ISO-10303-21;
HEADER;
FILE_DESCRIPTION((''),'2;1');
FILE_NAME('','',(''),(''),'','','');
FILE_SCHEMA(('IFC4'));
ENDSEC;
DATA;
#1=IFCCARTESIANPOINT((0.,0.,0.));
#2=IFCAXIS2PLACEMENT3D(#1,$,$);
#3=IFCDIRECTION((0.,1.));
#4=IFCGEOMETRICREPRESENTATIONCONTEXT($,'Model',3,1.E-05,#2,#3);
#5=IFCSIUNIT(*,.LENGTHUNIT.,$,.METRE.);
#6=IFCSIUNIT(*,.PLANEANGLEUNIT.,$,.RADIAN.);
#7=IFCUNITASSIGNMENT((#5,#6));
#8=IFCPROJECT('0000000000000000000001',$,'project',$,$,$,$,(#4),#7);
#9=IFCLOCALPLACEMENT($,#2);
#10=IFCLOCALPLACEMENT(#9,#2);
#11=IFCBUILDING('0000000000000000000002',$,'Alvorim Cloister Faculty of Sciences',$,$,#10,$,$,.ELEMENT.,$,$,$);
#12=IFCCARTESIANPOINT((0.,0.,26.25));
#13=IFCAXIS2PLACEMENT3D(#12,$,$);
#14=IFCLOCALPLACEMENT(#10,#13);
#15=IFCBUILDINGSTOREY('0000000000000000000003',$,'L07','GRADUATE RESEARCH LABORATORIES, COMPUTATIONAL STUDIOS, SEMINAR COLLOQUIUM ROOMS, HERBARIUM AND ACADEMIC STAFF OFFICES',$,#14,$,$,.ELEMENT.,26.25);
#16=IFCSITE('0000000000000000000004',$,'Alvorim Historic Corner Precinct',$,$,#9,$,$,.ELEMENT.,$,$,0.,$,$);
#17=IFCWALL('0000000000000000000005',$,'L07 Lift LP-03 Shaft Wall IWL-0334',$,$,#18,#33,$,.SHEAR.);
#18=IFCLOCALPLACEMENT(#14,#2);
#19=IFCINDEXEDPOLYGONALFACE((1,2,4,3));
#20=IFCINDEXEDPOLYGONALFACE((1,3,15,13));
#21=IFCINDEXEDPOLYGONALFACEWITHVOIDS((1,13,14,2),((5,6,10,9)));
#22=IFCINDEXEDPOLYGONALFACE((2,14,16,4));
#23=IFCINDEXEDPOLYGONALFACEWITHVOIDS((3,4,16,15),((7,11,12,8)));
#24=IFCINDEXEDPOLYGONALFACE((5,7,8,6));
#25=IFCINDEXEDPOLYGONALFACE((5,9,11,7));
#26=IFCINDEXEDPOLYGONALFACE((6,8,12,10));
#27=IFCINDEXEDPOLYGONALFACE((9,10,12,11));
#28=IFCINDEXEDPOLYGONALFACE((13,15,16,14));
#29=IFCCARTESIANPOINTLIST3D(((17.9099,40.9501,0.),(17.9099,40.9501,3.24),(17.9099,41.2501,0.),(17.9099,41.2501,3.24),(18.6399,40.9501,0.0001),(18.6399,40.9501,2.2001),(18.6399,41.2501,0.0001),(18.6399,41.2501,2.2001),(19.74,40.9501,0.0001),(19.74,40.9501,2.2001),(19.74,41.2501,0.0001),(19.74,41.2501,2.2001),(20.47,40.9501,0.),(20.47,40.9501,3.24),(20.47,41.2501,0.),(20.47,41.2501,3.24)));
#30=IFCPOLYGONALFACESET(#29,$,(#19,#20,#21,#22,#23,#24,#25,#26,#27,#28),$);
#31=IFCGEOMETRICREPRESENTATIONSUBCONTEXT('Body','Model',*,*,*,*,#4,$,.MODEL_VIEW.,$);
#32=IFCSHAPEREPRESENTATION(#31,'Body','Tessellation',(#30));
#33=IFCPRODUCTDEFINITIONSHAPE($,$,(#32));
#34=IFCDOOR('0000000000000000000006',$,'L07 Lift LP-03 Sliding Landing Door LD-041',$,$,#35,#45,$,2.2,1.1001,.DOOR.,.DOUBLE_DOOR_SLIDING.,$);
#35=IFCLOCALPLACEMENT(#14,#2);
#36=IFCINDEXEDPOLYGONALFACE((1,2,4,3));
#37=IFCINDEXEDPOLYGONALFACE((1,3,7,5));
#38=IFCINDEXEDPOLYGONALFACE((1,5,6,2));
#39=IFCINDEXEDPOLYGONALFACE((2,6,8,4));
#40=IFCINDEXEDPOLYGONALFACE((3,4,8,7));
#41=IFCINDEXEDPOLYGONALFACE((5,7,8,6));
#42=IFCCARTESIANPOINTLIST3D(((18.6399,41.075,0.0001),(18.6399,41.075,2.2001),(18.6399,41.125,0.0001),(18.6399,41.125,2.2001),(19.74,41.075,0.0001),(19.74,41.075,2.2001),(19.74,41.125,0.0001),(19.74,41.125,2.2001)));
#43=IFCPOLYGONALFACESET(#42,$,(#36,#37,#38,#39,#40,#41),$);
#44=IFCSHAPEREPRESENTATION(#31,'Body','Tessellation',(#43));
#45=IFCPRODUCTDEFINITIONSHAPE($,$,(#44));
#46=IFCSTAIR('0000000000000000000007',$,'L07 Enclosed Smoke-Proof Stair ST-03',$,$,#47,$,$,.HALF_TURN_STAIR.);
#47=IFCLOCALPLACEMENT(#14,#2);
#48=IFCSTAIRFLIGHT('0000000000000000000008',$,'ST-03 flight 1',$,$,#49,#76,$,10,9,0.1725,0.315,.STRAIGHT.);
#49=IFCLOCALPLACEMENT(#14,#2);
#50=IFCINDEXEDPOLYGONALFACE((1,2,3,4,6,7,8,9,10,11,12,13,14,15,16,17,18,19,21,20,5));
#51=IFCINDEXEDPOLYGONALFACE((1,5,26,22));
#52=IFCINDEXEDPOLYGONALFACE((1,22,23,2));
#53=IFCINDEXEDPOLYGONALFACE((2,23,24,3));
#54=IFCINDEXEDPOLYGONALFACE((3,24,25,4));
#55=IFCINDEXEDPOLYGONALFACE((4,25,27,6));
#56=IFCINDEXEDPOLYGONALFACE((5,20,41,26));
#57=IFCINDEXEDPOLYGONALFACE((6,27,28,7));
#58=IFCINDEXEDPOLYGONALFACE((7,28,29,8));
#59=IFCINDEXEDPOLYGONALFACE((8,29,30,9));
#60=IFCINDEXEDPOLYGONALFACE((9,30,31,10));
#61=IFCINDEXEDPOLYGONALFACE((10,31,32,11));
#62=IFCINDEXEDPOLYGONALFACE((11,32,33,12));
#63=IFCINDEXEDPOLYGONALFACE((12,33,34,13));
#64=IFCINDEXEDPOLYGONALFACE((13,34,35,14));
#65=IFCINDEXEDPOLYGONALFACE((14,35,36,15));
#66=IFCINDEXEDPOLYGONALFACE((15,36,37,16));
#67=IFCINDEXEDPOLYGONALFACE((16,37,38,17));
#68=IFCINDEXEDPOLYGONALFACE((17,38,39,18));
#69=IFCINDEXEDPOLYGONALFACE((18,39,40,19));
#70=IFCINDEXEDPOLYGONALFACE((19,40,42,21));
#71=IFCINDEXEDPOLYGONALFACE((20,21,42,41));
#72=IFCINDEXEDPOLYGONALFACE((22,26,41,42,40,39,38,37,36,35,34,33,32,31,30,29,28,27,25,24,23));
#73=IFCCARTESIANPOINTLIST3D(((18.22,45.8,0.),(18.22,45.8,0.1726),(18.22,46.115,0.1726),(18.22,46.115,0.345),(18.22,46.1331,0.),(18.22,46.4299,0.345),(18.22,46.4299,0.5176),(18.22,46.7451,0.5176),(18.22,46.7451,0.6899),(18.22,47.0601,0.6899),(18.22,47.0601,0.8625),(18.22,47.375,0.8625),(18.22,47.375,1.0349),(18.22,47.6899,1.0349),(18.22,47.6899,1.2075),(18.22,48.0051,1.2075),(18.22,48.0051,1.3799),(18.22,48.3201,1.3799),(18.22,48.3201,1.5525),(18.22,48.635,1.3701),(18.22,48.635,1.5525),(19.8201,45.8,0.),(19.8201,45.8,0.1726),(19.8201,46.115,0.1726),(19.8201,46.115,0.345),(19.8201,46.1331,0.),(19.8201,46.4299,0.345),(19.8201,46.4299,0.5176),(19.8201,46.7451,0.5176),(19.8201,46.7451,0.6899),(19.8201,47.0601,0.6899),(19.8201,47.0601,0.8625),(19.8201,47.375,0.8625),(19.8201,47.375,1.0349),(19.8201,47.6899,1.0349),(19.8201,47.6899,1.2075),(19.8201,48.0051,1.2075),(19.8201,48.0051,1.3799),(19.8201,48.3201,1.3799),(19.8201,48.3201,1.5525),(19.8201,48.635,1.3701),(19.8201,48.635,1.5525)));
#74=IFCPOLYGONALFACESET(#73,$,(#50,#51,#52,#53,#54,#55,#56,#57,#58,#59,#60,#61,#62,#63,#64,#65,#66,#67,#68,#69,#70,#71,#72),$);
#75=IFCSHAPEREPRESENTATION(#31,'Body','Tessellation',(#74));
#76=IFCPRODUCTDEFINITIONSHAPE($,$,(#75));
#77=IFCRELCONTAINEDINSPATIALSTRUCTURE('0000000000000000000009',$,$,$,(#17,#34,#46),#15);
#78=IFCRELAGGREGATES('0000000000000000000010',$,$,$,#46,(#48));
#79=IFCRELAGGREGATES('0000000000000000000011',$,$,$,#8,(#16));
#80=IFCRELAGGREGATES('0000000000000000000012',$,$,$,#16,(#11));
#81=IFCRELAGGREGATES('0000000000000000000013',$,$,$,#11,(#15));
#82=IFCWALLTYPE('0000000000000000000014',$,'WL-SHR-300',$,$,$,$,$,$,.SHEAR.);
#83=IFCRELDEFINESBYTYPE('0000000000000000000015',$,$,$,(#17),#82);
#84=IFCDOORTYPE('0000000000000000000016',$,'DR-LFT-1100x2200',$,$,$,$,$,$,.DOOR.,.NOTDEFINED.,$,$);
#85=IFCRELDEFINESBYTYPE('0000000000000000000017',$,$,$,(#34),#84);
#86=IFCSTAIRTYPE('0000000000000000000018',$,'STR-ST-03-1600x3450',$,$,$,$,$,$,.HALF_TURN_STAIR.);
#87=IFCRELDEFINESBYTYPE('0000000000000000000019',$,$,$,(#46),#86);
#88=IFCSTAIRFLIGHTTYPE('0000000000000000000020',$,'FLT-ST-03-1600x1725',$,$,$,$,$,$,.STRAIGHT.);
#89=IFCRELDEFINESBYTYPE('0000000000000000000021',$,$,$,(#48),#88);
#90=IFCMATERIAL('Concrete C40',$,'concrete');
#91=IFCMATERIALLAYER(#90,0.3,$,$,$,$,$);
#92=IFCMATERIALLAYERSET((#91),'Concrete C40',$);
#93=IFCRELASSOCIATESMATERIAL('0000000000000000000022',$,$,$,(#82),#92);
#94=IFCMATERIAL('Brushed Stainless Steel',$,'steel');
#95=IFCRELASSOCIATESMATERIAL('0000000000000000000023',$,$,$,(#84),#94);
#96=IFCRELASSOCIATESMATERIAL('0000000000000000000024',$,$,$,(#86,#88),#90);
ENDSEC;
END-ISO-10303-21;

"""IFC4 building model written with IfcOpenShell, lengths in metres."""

from ifc_helpers import new_model, si_unit, direction, frame, frame_2d, origin, place, context, subcontext, project, spatial, polyline, rectangle, outline, extrude, material, layer, layer_set, type_object, element, fill, aggregate, save


model = new_model("IFC4")

# Units and contexts
model_context = context("Model", 3, precision=1e-05, world=origin(), true_north=direction((0.0, 1.0)))
body_context = subcontext(model_context, "Body", "Model", "MODEL_VIEW")
ifc_project = project(units=[si_unit("LENGTHUNIT", "METRE"), si_unit("PLANEANGLEUNIT", "RADIAN")], contexts=[model_context])

# Site, building, storey
site_placement = place(None, origin())
site = spatial("IfcSite", under=ifc_project, at=site_placement, Name="Alvorim Historic Corner Precinct", CompositionType="ELEMENT", RefElevation=0.0)
building_placement = place(site_placement, origin())
building = spatial("IfcBuilding", under=site, at=building_placement, Name="Alvorim Cloister Faculty of Sciences", CompositionType="ELEMENT")
storey_placement = place(building_placement, frame((0.0, 0.0, 26.25)))
storey = spatial("IfcBuildingStorey", under=building, at=storey_placement, Name="L07", Description="GRADUATE RESEARCH LABORATORIES, COMPUTATIONAL STUDIOS, SEMINAR COLLOQUIUM ROOMS, HERBARIUM AND ACADEMIC STAFF OFFICES", CompositionType="ELEMENT", Elevation=26.25)

# Shared definitions
ifc_material_1 = material(Name="Concrete C40", Category="concrete")
ifc_layer_1 = layer(ifc_material_1, 0.3)
ifc_layer_set_1 = layer_set([ifc_layer_1], Name="Concrete C40")
wall_type_1 = type_object("IfcWallType", Name="WL-SHR-300", PredefinedType="SHEAR", material=ifc_layer_set_1)

# Wall, opening, door
wall_1_placement = place(storey_placement, frame((17.9099, 41.1001, 0.0), z_axis=(0.0, 0.0, 1.0), x_axis=(1.0, 0.0, 0.0)))
wall_1 = element("IfcWall", 1, at=wall_1_placement, inside=storey, type_object=wall_type_1, Name="L07 Lift LP-03 Shaft Wall IWL-0334", PredefinedType="SHEAR", context=body_context, shape_type="SweptSolid", body=[
    extrude(rectangle(XDim=2.5601, YDim=0.3, at=frame_2d((1.28, 0.0))), origin(), (0.0, 0.0, 1.0), 3.24),
])
opening_1_placement = place(wall_1_placement, frame((0.73, 0.0, 0.0)))
opening_1 = element("IfcOpeningElement", 2, at=opening_1_placement, cuts=wall_1, PredefinedType="OPENING", context=body_context, shape_type="SweptSolid", body=[
    extrude(rectangle(XDim=1.1001, YDim=2.2, at=frame_2d((0.55, 1.1001))), frame((0.0, 0.1621, 0.0), z_axis=(0.0, -1.0, 0.0), x_axis=(1.0, 0.0, 0.0)), (0.0, 0.0, 1.0), 0.324),
])
ifc_material_2 = material(Name="Brushed Stainless Steel", Category="steel")
door_type_1 = type_object("IfcDoorType", Name="DR-LFT-1100x2200", OperationType="NOTDEFINED", PredefinedType="DOOR", material=ifc_material_2)
door_1_placement = place(opening_1_placement, origin())
door_1 = element("IfcDoor", 3, at=door_1_placement, inside=storey, type_object=door_type_1, Name="L07 Lift LP-03 Sliding Landing Door LD-041", OperationType="DOUBLE_DOOR_SLIDING", OverallHeight=2.2, OverallWidth=1.1001, PredefinedType="DOOR", context=body_context, shape_type="SweptSolid", body=[
    extrude(rectangle(XDim=1.1001, YDim=2.2, at=frame_2d((0.55, 1.1001))), frame((0.0, 0.0249, 0.0), z_axis=(0.0, -1.0, 0.0), x_axis=(1.0, 0.0, 0.0)), (0.0, 0.0, 1.0), 0.05),
])
fill(opening_1, door_1)

# Stair, stair flight
stair_type = type_object("IfcStairType", Name="STR-ST-03-1600x3450", PredefinedType="HALF_TURN_STAIR", material=ifc_material_1)
stair_placement = place(storey_placement, origin())
stair = element("IfcStair", 4, at=stair_placement, inside=storey, type_object=stair_type, Name="L07 Enclosed Smoke-Proof Stair ST-03", PredefinedType="HALF_TURN_STAIR")
stair_flight_type = type_object("IfcStairFlightType", Name="FLT-ST-03-1600x1725", PredefinedType="STRAIGHT", material=ifc_material_1)
stair_flight_placement = place(storey_placement, frame((19.02, 45.8, 0.0), z_axis=(0.0, 0.0, 1.0), x_axis=(0.0, 1.0, 0.0)))
stair_flight = element("IfcStairFlight", 5, at=stair_flight_placement, type_object=stair_flight_type, Name="ST-03 flight 1", NumberOfRisers=10, NumberOfTreads=9, PredefinedType="STRAIGHT", RiserHeight=0.1725, TreadLength=0.315, context=body_context, shape_type="SweptSolid", body=[
    extrude(outline(polyline([(0.333, 0.0), (2.835, 1.3701), (2.835, 1.7251), (2.835, 1.5525), (2.52, 1.5525), (2.52, 1.3799), (2.2051, 1.3799), (2.2051, 1.2075), (1.8899, 1.2075), (1.8899, 1.0349), (1.575, 1.0349), (1.575, 0.8625), (1.26, 0.8625), (1.26, 0.6899), (0.9451, 0.6899), (0.9451, 0.5176), (0.6299, 0.5176), (0.6299, 0.345), (0.3149, 0.345), (0.3149, 0.1726), (0.0, 0.1726), (0.0, 0.0), (0.333, 0.0)])), frame((0.0, 0.8, 0.0), z_axis=(0.0, -1.0, 0.0), x_axis=(1.0, 0.0, 0.0)), (0.0, 0.0, 1.0), 1.6001),
])
aggregate(stair, [stair_flight])

save(model, "model.ifc")
